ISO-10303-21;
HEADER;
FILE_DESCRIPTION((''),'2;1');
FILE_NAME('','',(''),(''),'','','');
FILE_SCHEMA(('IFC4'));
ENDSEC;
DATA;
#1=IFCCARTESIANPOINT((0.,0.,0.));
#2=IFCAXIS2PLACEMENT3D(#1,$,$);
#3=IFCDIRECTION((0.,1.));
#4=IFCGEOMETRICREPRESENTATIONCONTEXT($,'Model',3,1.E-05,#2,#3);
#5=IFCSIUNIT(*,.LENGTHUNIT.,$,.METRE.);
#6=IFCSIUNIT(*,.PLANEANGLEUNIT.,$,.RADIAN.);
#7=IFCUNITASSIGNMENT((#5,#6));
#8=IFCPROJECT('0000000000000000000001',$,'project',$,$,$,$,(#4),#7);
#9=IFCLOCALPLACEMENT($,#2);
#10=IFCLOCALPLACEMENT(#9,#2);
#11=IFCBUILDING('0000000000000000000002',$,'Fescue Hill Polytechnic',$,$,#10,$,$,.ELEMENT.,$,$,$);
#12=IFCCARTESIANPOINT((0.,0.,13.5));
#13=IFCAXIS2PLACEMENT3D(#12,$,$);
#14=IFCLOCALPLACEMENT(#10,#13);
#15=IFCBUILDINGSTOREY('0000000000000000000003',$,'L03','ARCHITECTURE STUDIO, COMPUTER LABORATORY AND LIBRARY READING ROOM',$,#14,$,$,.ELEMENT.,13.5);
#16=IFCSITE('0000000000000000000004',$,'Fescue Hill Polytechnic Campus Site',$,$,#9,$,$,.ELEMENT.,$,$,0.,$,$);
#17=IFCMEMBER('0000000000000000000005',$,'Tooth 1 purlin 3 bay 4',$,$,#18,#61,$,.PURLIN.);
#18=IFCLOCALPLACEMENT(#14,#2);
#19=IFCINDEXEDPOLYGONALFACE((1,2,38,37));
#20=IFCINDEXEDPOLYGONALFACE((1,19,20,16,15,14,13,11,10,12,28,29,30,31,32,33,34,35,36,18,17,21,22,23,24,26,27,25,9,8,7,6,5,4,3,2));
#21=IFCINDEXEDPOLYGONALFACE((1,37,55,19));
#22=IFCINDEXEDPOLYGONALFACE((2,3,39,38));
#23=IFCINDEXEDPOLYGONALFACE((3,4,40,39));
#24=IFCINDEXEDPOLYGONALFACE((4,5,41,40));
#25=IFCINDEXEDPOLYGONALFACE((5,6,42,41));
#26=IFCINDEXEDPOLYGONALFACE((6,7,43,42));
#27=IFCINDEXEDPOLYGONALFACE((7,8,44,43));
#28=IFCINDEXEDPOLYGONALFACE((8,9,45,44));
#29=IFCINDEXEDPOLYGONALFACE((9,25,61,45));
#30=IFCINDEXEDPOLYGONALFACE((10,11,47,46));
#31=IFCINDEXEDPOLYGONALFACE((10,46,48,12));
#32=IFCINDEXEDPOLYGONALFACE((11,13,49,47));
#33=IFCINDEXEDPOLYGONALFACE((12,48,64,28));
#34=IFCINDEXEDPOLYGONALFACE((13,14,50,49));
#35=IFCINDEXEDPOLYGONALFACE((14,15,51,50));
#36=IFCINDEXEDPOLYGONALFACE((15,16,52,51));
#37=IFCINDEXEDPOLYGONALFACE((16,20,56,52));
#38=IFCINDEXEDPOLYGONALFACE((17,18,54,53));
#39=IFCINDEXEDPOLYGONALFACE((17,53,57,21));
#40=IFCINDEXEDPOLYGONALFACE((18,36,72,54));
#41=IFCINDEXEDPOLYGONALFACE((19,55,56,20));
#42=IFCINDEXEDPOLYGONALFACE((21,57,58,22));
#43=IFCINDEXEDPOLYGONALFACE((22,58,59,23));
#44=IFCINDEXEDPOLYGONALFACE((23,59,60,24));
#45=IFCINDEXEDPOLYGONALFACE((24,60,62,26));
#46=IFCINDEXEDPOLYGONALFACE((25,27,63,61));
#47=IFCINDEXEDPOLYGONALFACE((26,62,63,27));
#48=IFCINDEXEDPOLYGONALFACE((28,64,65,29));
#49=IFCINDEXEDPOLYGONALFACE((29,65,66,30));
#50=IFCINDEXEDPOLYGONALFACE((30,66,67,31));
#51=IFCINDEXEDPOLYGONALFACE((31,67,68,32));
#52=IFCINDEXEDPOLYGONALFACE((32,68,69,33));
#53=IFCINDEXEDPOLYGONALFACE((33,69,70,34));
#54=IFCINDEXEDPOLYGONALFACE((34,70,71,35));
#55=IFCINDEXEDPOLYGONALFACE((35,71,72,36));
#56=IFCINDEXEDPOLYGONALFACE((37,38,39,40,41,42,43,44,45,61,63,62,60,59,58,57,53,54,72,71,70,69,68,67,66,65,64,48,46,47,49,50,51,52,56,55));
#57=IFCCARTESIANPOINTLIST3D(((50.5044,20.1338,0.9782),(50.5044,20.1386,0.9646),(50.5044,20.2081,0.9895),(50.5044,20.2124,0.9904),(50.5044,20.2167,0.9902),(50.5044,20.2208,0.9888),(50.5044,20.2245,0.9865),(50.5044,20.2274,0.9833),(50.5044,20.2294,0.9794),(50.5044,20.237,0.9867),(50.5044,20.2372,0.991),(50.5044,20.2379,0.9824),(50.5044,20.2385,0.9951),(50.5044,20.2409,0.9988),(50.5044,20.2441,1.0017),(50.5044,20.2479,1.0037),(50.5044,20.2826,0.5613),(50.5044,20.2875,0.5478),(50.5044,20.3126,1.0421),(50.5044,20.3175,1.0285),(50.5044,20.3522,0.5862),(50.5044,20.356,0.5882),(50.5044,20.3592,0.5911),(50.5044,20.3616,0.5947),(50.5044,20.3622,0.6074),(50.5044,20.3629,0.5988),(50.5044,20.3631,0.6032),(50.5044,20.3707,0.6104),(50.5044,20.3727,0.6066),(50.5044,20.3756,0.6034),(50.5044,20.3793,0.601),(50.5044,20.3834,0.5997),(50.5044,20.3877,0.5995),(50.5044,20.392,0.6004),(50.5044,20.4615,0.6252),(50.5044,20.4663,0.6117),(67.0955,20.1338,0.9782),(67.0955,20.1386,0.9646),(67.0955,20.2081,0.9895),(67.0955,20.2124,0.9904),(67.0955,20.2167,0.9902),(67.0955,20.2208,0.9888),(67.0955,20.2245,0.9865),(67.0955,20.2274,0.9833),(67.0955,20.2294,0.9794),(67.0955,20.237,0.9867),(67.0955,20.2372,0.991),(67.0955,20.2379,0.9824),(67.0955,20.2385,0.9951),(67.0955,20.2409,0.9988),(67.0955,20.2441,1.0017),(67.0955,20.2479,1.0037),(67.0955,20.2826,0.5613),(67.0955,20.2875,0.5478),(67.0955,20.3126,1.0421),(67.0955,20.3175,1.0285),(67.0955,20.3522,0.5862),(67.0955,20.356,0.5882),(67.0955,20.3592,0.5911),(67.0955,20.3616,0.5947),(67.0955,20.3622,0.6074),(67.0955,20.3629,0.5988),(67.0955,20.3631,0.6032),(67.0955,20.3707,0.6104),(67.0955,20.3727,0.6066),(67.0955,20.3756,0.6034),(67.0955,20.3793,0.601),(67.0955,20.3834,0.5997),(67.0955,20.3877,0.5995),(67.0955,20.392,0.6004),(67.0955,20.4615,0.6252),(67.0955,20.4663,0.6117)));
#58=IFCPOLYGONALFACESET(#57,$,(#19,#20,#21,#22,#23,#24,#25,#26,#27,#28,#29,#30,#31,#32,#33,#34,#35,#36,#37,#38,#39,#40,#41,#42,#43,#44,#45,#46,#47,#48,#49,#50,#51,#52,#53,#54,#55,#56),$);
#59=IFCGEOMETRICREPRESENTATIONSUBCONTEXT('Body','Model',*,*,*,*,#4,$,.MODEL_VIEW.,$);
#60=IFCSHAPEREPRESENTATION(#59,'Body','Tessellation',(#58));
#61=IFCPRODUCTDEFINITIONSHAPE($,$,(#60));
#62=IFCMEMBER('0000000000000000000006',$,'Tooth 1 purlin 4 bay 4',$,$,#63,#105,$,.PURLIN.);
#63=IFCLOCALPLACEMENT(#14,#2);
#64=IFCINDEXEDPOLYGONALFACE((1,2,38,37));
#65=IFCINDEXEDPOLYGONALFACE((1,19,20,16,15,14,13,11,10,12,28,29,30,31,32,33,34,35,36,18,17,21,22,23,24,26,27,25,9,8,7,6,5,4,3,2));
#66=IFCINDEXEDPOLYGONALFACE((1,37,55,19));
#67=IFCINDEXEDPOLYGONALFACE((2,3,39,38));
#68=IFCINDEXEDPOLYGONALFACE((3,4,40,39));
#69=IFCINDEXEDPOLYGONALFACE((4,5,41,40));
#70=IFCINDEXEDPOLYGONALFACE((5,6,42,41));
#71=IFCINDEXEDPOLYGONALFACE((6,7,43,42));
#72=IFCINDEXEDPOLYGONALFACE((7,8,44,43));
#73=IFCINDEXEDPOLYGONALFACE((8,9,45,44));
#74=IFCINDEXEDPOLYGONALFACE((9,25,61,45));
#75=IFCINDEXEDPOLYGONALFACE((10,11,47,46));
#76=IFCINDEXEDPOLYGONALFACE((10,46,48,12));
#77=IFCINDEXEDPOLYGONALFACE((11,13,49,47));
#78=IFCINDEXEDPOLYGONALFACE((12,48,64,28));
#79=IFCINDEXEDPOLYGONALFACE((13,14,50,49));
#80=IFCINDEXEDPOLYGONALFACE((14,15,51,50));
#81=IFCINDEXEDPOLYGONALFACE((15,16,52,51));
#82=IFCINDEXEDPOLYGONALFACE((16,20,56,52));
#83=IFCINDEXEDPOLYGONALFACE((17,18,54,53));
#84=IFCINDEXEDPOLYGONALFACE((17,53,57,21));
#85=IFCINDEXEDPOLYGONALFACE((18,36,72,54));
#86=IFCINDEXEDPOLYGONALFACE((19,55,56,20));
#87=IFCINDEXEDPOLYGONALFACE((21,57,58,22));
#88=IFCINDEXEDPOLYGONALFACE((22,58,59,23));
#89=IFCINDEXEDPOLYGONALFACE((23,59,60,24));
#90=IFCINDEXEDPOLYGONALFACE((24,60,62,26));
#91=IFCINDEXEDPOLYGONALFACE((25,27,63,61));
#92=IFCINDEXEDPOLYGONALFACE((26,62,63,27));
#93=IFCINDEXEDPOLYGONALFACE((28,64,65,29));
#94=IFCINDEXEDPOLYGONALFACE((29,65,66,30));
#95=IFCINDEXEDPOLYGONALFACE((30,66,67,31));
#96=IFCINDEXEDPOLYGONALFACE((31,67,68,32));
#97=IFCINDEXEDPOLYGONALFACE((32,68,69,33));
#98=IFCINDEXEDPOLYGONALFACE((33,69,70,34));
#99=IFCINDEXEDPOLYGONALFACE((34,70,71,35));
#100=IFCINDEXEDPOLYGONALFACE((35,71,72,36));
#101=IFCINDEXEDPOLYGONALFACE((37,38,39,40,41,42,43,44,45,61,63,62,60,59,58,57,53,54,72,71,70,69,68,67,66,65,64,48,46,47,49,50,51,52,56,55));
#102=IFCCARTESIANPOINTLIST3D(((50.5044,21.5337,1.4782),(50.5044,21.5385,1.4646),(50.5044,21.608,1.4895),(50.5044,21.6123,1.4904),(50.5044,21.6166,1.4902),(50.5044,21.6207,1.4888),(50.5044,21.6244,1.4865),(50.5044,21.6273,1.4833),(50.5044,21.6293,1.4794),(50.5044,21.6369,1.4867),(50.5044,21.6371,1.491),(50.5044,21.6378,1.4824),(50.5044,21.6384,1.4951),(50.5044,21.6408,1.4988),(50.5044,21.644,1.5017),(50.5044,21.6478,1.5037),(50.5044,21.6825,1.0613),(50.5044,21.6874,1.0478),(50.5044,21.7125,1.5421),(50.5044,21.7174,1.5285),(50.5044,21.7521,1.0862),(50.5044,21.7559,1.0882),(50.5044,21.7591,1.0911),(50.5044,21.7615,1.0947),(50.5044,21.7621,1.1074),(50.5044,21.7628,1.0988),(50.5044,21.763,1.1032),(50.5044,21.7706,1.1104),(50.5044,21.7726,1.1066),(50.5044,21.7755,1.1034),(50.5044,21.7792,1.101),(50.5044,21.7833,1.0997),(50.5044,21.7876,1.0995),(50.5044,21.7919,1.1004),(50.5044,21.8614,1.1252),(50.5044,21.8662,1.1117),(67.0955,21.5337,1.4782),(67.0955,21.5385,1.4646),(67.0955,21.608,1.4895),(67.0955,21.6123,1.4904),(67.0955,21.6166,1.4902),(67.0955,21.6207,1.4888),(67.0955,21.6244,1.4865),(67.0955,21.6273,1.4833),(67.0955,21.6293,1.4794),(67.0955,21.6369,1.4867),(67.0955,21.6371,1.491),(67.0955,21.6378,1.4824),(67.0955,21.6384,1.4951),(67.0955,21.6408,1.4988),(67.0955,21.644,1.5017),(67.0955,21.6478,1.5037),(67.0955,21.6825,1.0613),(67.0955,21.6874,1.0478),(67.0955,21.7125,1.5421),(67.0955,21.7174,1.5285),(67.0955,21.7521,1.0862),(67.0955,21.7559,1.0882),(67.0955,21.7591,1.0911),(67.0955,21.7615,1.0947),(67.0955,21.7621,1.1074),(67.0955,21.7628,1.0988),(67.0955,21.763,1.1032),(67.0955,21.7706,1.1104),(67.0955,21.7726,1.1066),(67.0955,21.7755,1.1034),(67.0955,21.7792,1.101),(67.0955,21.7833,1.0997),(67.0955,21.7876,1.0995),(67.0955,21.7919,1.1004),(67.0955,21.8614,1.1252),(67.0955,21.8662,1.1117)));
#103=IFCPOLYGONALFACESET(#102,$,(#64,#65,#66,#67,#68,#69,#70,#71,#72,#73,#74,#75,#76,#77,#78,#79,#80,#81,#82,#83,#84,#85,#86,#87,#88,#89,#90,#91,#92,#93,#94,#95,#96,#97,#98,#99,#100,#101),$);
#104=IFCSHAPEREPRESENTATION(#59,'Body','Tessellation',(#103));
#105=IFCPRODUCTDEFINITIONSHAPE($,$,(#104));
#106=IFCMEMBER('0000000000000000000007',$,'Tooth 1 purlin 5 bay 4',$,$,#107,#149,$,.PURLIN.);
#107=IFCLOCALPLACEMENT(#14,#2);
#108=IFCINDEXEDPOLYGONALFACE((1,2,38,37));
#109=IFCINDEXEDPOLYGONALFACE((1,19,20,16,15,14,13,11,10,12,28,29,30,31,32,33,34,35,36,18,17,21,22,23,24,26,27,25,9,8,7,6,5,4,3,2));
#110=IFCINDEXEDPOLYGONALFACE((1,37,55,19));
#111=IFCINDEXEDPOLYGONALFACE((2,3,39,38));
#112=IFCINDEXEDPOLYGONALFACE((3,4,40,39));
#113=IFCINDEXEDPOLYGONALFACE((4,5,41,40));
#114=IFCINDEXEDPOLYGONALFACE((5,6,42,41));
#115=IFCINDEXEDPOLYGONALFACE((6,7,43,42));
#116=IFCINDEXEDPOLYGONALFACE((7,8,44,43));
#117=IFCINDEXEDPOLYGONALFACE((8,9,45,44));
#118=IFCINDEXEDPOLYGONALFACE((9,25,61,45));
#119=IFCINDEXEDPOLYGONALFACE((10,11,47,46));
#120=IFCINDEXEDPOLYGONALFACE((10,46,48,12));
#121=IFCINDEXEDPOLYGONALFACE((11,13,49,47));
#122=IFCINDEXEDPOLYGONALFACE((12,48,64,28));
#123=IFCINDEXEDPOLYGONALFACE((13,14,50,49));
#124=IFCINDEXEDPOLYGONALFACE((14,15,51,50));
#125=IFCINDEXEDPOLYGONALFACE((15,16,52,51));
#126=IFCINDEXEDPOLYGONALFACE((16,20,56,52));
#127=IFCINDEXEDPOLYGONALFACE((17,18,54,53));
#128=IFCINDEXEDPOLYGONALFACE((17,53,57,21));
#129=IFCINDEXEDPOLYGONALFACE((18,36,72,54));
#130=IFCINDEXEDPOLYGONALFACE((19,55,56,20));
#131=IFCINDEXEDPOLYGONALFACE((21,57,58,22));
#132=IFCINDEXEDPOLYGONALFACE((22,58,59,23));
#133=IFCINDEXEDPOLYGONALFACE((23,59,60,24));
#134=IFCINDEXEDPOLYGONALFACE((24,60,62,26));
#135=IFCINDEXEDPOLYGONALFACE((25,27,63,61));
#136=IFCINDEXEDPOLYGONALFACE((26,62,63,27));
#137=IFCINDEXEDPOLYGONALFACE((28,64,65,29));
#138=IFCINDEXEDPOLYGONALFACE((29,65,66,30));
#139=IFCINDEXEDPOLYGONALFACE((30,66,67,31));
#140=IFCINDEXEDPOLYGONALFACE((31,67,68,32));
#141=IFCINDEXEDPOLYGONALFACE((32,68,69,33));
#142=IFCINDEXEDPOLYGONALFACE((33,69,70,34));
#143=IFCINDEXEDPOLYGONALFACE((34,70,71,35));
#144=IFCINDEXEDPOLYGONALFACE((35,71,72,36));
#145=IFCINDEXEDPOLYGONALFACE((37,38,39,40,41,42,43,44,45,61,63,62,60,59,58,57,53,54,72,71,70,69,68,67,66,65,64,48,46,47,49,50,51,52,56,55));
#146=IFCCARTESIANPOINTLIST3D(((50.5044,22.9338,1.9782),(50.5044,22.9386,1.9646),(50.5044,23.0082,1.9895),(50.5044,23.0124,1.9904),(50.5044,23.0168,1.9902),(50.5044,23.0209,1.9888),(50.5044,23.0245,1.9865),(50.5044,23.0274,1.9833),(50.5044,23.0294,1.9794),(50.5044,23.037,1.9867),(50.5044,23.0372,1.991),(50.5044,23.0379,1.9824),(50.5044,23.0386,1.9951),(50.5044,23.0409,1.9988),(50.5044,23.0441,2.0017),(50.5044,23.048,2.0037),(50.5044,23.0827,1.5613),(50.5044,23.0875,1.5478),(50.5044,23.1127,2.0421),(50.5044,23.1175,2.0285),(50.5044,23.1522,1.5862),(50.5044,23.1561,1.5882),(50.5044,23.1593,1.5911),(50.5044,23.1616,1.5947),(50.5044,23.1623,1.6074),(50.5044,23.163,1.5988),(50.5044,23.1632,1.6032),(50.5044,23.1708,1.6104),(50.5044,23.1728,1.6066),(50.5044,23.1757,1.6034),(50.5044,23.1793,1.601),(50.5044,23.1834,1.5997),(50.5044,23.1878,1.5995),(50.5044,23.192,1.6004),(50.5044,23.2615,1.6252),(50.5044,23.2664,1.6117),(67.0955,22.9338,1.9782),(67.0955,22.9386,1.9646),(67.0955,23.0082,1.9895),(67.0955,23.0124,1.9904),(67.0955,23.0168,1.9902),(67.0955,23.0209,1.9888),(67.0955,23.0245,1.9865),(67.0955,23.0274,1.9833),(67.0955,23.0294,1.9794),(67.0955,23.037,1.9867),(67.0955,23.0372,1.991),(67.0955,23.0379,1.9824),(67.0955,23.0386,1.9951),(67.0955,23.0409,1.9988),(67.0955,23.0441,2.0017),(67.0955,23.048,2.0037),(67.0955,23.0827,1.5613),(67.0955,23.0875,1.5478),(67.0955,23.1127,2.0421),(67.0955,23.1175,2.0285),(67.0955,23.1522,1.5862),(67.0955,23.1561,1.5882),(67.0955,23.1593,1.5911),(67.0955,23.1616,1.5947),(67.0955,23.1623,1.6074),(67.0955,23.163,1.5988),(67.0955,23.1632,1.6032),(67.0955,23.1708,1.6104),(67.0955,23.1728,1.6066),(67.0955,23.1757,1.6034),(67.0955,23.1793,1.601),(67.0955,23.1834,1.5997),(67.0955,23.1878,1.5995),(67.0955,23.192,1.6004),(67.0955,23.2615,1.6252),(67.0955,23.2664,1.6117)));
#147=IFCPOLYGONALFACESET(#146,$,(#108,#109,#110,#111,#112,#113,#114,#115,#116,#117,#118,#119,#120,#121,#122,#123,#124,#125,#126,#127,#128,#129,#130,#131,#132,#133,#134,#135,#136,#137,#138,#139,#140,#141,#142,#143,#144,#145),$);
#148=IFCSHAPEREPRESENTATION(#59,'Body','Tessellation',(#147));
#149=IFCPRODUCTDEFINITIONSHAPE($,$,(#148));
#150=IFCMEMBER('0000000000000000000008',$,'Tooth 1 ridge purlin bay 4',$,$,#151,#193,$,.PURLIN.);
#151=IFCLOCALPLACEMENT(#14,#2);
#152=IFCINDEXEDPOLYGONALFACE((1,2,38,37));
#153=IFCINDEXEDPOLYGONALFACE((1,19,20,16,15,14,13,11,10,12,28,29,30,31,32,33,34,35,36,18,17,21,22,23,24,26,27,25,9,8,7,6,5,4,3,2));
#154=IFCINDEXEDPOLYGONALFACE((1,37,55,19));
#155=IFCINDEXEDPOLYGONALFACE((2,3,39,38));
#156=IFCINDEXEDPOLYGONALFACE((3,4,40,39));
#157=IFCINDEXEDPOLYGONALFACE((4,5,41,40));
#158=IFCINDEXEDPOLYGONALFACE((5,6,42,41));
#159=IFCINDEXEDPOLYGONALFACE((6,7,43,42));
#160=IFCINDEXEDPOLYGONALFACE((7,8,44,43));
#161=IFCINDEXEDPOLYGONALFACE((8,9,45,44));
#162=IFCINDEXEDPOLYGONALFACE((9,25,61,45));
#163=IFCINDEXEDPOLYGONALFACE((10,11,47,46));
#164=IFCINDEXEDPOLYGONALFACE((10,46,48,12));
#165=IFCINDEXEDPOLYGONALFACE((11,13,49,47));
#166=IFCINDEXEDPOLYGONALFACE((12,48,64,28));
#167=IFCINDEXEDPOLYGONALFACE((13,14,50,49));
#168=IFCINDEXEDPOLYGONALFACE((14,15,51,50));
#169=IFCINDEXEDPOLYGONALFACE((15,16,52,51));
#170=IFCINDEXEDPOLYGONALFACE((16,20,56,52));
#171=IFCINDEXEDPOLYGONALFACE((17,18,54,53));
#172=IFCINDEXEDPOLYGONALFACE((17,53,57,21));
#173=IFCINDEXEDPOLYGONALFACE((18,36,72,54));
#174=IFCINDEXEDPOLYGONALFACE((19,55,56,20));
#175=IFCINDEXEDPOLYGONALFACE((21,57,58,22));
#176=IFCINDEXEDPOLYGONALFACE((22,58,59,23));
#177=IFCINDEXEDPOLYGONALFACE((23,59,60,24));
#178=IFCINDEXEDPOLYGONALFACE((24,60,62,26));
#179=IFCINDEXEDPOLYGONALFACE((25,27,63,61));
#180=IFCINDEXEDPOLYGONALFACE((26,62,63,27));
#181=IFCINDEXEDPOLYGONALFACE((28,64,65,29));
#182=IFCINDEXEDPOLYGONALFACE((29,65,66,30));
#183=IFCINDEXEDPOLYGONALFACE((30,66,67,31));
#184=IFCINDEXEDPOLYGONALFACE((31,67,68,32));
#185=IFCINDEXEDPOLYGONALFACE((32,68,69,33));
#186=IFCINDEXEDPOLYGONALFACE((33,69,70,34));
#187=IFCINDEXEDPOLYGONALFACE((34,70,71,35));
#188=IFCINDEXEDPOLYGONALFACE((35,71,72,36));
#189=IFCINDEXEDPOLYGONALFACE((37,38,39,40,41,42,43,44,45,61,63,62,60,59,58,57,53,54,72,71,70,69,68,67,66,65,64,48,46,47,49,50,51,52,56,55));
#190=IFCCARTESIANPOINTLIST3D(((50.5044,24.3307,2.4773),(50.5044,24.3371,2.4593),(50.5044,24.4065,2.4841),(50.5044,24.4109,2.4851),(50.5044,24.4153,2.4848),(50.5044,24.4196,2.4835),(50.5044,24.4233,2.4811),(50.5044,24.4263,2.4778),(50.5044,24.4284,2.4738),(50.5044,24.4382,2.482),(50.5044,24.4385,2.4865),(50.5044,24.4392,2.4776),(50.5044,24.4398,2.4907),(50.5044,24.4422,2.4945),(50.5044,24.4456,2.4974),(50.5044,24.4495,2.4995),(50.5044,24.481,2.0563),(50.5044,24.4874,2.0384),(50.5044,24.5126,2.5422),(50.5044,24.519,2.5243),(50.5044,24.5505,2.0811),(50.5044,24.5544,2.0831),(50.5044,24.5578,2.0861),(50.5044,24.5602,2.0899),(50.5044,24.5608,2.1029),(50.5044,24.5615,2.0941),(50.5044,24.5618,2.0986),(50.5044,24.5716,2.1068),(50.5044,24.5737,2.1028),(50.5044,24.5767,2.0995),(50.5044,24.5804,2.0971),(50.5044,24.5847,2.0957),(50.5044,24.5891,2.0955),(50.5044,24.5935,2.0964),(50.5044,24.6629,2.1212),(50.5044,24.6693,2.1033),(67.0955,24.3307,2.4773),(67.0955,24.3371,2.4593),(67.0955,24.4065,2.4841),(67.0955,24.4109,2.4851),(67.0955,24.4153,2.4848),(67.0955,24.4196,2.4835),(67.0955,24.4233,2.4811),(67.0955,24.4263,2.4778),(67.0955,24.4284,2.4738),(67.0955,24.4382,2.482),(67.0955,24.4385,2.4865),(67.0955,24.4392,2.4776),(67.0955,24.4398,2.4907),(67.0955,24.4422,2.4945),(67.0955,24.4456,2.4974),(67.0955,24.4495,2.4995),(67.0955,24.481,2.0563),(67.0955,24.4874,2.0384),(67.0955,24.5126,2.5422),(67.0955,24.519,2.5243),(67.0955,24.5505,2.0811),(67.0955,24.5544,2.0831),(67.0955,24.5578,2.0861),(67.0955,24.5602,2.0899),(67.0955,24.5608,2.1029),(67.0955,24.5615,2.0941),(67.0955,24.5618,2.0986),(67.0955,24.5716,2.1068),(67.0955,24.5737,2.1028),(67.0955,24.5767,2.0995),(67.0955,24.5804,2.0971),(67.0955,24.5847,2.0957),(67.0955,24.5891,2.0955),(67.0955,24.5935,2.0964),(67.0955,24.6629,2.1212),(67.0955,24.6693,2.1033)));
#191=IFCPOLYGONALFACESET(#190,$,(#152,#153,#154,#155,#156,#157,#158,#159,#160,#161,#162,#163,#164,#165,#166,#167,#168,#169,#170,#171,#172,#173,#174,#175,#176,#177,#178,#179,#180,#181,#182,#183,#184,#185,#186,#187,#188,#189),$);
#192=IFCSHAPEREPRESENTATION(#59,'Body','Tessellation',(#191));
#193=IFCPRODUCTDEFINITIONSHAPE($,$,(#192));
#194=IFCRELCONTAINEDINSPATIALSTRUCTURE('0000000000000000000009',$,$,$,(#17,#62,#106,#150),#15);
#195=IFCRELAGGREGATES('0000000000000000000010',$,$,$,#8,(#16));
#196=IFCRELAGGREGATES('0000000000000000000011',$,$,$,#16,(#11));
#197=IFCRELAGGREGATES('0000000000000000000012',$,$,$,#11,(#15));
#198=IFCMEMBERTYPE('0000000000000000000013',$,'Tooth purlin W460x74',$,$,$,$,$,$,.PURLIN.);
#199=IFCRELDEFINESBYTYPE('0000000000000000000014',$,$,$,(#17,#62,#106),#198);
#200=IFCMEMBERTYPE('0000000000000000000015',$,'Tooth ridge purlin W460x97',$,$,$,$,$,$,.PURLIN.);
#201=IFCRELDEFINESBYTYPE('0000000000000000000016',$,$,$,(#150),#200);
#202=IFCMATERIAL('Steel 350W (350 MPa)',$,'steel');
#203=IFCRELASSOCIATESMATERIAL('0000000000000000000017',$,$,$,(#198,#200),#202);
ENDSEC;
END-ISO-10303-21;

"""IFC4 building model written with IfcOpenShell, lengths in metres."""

from ifc_helpers import new_model, si_unit, direction, frame, origin, origin_2d, place, context, subcontext, project, spatial, i_section, extrude, material, material_profile, profile_set, type_object, element, save


model = new_model("IFC4")

# Units and contexts
model_context = context("Model", 3, precision=1e-05, world=origin(), true_north=direction((0.0, 1.0)))
body_context = subcontext(model_context, "Body", "Model", "MODEL_VIEW")
ifc_project = project(units=[si_unit("LENGTHUNIT", "METRE"), si_unit("PLANEANGLEUNIT", "RADIAN")], contexts=[model_context])

# Site, building, storey
site_placement = place(None, origin())
site = spatial("IfcSite", under=ifc_project, at=site_placement, Name="Fescue Hill Polytechnic Campus Site", CompositionType="ELEMENT", RefElevation=0.0)
building_placement = place(site_placement, origin())
building = spatial("IfcBuilding", under=site, at=building_placement, Name="Fescue Hill Polytechnic", CompositionType="ELEMENT")
storey_placement = place(building_placement, frame((0.0, 0.0, 13.5)))
storey = spatial("IfcBuildingStorey", under=building, at=storey_placement, Name="L03", Description="ARCHITECTURE STUDIO, COMPUTER LABORATORY AND LIBRARY READING ROOM", CompositionType="ELEMENT", Elevation=13.5)

# Members
ifc_material_1 = material(Name="Steel 350W (350 MPa)", Category="steel")
ifc_material_profile_1 = material_profile(ifc_material_1, i_section(OverallWidth=0.1899, OverallDepth=0.457, WebThickness=0.009, FlangeThickness=0.0144, FilletRadius=0.0166, at=origin_2d()), Name="W460x74")
ifc_profile_set_1 = profile_set([ifc_material_profile_1], Name="Steel 350W (350 MPa)")
member_type_1 = type_object("IfcMemberType", Name="Tooth purlin W460x74", PredefinedType="PURLIN", material=ifc_profile_set_1)
for number, where, z_axis, x_axis, name in (
    (1, (50.5044, 20.3, 0.7949), (1.0, 0.0, 0.0), (0.0, 0.941742, 0.336336), "Tooth 1 purlin 3 bay 4"),
    (2, (50.5044, 21.7, 1.2949), (1.0, 0.0, 0.0), (0.0, 0.941742, 0.336336), "Tooth 1 purlin 4 bay 4"),
    (3, (50.5044, 23.1001, 1.7949), (1.0, 0.0, 0.0), (0.0, 0.941742, 0.336336), "Tooth 1 purlin 5 bay 4"),
):
    element("IfcMember", number, at=place(storey_placement, frame(where, z_axis=z_axis, x_axis=x_axis)), inside=storey, type_object=member_type_1, Name=name, PredefinedType="PURLIN", context=body_context, shape_type="SweptSolid", body=[
        extrude(i_section(OverallWidth=0.1899, OverallDepth=0.457, WebThickness=0.009, FlangeThickness=0.0144, FilletRadius=0.0166, at=origin_2d()), origin(), (0.0, 0.0, 1.0), 16.5911),
    ])
ifc_material_profile_2 = material_profile(ifc_material_1, i_section(OverallWidth=0.1931, OverallDepth=0.4661, WebThickness=0.0115, FlangeThickness=0.019, FilletRadius=0.0171, at=origin_2d()), Name="W460x97")
ifc_profile_set_2 = profile_set([ifc_material_profile_2], Name="Steel 350W (350 MPa)")
member_type_2 = type_object("IfcMemberType", Name="Tooth ridge purlin W460x97", PredefinedType="PURLIN", material=ifc_profile_set_2)
member_1_placement = place(storey_placement, frame((50.5044, 24.5, 2.2903), z_axis=(1.0, 0.0, 0.0), x_axis=(0.0, 0.941742, 0.336336)))
element("IfcMember", 4, at=member_1_placement, inside=storey, type_object=member_type_2, Name="Tooth 1 ridge purlin bay 4", PredefinedType="PURLIN", context=body_context, shape_type="SweptSolid", body=[
    extrude(i_section(OverallWidth=0.1931, OverallDepth=0.4661, WebThickness=0.0115, FlangeThickness=0.019, FilletRadius=0.0171, at=origin_2d()), origin(), (0.0, 0.0, 1.0), 16.5911),
])

save(model, "model.ifc")
